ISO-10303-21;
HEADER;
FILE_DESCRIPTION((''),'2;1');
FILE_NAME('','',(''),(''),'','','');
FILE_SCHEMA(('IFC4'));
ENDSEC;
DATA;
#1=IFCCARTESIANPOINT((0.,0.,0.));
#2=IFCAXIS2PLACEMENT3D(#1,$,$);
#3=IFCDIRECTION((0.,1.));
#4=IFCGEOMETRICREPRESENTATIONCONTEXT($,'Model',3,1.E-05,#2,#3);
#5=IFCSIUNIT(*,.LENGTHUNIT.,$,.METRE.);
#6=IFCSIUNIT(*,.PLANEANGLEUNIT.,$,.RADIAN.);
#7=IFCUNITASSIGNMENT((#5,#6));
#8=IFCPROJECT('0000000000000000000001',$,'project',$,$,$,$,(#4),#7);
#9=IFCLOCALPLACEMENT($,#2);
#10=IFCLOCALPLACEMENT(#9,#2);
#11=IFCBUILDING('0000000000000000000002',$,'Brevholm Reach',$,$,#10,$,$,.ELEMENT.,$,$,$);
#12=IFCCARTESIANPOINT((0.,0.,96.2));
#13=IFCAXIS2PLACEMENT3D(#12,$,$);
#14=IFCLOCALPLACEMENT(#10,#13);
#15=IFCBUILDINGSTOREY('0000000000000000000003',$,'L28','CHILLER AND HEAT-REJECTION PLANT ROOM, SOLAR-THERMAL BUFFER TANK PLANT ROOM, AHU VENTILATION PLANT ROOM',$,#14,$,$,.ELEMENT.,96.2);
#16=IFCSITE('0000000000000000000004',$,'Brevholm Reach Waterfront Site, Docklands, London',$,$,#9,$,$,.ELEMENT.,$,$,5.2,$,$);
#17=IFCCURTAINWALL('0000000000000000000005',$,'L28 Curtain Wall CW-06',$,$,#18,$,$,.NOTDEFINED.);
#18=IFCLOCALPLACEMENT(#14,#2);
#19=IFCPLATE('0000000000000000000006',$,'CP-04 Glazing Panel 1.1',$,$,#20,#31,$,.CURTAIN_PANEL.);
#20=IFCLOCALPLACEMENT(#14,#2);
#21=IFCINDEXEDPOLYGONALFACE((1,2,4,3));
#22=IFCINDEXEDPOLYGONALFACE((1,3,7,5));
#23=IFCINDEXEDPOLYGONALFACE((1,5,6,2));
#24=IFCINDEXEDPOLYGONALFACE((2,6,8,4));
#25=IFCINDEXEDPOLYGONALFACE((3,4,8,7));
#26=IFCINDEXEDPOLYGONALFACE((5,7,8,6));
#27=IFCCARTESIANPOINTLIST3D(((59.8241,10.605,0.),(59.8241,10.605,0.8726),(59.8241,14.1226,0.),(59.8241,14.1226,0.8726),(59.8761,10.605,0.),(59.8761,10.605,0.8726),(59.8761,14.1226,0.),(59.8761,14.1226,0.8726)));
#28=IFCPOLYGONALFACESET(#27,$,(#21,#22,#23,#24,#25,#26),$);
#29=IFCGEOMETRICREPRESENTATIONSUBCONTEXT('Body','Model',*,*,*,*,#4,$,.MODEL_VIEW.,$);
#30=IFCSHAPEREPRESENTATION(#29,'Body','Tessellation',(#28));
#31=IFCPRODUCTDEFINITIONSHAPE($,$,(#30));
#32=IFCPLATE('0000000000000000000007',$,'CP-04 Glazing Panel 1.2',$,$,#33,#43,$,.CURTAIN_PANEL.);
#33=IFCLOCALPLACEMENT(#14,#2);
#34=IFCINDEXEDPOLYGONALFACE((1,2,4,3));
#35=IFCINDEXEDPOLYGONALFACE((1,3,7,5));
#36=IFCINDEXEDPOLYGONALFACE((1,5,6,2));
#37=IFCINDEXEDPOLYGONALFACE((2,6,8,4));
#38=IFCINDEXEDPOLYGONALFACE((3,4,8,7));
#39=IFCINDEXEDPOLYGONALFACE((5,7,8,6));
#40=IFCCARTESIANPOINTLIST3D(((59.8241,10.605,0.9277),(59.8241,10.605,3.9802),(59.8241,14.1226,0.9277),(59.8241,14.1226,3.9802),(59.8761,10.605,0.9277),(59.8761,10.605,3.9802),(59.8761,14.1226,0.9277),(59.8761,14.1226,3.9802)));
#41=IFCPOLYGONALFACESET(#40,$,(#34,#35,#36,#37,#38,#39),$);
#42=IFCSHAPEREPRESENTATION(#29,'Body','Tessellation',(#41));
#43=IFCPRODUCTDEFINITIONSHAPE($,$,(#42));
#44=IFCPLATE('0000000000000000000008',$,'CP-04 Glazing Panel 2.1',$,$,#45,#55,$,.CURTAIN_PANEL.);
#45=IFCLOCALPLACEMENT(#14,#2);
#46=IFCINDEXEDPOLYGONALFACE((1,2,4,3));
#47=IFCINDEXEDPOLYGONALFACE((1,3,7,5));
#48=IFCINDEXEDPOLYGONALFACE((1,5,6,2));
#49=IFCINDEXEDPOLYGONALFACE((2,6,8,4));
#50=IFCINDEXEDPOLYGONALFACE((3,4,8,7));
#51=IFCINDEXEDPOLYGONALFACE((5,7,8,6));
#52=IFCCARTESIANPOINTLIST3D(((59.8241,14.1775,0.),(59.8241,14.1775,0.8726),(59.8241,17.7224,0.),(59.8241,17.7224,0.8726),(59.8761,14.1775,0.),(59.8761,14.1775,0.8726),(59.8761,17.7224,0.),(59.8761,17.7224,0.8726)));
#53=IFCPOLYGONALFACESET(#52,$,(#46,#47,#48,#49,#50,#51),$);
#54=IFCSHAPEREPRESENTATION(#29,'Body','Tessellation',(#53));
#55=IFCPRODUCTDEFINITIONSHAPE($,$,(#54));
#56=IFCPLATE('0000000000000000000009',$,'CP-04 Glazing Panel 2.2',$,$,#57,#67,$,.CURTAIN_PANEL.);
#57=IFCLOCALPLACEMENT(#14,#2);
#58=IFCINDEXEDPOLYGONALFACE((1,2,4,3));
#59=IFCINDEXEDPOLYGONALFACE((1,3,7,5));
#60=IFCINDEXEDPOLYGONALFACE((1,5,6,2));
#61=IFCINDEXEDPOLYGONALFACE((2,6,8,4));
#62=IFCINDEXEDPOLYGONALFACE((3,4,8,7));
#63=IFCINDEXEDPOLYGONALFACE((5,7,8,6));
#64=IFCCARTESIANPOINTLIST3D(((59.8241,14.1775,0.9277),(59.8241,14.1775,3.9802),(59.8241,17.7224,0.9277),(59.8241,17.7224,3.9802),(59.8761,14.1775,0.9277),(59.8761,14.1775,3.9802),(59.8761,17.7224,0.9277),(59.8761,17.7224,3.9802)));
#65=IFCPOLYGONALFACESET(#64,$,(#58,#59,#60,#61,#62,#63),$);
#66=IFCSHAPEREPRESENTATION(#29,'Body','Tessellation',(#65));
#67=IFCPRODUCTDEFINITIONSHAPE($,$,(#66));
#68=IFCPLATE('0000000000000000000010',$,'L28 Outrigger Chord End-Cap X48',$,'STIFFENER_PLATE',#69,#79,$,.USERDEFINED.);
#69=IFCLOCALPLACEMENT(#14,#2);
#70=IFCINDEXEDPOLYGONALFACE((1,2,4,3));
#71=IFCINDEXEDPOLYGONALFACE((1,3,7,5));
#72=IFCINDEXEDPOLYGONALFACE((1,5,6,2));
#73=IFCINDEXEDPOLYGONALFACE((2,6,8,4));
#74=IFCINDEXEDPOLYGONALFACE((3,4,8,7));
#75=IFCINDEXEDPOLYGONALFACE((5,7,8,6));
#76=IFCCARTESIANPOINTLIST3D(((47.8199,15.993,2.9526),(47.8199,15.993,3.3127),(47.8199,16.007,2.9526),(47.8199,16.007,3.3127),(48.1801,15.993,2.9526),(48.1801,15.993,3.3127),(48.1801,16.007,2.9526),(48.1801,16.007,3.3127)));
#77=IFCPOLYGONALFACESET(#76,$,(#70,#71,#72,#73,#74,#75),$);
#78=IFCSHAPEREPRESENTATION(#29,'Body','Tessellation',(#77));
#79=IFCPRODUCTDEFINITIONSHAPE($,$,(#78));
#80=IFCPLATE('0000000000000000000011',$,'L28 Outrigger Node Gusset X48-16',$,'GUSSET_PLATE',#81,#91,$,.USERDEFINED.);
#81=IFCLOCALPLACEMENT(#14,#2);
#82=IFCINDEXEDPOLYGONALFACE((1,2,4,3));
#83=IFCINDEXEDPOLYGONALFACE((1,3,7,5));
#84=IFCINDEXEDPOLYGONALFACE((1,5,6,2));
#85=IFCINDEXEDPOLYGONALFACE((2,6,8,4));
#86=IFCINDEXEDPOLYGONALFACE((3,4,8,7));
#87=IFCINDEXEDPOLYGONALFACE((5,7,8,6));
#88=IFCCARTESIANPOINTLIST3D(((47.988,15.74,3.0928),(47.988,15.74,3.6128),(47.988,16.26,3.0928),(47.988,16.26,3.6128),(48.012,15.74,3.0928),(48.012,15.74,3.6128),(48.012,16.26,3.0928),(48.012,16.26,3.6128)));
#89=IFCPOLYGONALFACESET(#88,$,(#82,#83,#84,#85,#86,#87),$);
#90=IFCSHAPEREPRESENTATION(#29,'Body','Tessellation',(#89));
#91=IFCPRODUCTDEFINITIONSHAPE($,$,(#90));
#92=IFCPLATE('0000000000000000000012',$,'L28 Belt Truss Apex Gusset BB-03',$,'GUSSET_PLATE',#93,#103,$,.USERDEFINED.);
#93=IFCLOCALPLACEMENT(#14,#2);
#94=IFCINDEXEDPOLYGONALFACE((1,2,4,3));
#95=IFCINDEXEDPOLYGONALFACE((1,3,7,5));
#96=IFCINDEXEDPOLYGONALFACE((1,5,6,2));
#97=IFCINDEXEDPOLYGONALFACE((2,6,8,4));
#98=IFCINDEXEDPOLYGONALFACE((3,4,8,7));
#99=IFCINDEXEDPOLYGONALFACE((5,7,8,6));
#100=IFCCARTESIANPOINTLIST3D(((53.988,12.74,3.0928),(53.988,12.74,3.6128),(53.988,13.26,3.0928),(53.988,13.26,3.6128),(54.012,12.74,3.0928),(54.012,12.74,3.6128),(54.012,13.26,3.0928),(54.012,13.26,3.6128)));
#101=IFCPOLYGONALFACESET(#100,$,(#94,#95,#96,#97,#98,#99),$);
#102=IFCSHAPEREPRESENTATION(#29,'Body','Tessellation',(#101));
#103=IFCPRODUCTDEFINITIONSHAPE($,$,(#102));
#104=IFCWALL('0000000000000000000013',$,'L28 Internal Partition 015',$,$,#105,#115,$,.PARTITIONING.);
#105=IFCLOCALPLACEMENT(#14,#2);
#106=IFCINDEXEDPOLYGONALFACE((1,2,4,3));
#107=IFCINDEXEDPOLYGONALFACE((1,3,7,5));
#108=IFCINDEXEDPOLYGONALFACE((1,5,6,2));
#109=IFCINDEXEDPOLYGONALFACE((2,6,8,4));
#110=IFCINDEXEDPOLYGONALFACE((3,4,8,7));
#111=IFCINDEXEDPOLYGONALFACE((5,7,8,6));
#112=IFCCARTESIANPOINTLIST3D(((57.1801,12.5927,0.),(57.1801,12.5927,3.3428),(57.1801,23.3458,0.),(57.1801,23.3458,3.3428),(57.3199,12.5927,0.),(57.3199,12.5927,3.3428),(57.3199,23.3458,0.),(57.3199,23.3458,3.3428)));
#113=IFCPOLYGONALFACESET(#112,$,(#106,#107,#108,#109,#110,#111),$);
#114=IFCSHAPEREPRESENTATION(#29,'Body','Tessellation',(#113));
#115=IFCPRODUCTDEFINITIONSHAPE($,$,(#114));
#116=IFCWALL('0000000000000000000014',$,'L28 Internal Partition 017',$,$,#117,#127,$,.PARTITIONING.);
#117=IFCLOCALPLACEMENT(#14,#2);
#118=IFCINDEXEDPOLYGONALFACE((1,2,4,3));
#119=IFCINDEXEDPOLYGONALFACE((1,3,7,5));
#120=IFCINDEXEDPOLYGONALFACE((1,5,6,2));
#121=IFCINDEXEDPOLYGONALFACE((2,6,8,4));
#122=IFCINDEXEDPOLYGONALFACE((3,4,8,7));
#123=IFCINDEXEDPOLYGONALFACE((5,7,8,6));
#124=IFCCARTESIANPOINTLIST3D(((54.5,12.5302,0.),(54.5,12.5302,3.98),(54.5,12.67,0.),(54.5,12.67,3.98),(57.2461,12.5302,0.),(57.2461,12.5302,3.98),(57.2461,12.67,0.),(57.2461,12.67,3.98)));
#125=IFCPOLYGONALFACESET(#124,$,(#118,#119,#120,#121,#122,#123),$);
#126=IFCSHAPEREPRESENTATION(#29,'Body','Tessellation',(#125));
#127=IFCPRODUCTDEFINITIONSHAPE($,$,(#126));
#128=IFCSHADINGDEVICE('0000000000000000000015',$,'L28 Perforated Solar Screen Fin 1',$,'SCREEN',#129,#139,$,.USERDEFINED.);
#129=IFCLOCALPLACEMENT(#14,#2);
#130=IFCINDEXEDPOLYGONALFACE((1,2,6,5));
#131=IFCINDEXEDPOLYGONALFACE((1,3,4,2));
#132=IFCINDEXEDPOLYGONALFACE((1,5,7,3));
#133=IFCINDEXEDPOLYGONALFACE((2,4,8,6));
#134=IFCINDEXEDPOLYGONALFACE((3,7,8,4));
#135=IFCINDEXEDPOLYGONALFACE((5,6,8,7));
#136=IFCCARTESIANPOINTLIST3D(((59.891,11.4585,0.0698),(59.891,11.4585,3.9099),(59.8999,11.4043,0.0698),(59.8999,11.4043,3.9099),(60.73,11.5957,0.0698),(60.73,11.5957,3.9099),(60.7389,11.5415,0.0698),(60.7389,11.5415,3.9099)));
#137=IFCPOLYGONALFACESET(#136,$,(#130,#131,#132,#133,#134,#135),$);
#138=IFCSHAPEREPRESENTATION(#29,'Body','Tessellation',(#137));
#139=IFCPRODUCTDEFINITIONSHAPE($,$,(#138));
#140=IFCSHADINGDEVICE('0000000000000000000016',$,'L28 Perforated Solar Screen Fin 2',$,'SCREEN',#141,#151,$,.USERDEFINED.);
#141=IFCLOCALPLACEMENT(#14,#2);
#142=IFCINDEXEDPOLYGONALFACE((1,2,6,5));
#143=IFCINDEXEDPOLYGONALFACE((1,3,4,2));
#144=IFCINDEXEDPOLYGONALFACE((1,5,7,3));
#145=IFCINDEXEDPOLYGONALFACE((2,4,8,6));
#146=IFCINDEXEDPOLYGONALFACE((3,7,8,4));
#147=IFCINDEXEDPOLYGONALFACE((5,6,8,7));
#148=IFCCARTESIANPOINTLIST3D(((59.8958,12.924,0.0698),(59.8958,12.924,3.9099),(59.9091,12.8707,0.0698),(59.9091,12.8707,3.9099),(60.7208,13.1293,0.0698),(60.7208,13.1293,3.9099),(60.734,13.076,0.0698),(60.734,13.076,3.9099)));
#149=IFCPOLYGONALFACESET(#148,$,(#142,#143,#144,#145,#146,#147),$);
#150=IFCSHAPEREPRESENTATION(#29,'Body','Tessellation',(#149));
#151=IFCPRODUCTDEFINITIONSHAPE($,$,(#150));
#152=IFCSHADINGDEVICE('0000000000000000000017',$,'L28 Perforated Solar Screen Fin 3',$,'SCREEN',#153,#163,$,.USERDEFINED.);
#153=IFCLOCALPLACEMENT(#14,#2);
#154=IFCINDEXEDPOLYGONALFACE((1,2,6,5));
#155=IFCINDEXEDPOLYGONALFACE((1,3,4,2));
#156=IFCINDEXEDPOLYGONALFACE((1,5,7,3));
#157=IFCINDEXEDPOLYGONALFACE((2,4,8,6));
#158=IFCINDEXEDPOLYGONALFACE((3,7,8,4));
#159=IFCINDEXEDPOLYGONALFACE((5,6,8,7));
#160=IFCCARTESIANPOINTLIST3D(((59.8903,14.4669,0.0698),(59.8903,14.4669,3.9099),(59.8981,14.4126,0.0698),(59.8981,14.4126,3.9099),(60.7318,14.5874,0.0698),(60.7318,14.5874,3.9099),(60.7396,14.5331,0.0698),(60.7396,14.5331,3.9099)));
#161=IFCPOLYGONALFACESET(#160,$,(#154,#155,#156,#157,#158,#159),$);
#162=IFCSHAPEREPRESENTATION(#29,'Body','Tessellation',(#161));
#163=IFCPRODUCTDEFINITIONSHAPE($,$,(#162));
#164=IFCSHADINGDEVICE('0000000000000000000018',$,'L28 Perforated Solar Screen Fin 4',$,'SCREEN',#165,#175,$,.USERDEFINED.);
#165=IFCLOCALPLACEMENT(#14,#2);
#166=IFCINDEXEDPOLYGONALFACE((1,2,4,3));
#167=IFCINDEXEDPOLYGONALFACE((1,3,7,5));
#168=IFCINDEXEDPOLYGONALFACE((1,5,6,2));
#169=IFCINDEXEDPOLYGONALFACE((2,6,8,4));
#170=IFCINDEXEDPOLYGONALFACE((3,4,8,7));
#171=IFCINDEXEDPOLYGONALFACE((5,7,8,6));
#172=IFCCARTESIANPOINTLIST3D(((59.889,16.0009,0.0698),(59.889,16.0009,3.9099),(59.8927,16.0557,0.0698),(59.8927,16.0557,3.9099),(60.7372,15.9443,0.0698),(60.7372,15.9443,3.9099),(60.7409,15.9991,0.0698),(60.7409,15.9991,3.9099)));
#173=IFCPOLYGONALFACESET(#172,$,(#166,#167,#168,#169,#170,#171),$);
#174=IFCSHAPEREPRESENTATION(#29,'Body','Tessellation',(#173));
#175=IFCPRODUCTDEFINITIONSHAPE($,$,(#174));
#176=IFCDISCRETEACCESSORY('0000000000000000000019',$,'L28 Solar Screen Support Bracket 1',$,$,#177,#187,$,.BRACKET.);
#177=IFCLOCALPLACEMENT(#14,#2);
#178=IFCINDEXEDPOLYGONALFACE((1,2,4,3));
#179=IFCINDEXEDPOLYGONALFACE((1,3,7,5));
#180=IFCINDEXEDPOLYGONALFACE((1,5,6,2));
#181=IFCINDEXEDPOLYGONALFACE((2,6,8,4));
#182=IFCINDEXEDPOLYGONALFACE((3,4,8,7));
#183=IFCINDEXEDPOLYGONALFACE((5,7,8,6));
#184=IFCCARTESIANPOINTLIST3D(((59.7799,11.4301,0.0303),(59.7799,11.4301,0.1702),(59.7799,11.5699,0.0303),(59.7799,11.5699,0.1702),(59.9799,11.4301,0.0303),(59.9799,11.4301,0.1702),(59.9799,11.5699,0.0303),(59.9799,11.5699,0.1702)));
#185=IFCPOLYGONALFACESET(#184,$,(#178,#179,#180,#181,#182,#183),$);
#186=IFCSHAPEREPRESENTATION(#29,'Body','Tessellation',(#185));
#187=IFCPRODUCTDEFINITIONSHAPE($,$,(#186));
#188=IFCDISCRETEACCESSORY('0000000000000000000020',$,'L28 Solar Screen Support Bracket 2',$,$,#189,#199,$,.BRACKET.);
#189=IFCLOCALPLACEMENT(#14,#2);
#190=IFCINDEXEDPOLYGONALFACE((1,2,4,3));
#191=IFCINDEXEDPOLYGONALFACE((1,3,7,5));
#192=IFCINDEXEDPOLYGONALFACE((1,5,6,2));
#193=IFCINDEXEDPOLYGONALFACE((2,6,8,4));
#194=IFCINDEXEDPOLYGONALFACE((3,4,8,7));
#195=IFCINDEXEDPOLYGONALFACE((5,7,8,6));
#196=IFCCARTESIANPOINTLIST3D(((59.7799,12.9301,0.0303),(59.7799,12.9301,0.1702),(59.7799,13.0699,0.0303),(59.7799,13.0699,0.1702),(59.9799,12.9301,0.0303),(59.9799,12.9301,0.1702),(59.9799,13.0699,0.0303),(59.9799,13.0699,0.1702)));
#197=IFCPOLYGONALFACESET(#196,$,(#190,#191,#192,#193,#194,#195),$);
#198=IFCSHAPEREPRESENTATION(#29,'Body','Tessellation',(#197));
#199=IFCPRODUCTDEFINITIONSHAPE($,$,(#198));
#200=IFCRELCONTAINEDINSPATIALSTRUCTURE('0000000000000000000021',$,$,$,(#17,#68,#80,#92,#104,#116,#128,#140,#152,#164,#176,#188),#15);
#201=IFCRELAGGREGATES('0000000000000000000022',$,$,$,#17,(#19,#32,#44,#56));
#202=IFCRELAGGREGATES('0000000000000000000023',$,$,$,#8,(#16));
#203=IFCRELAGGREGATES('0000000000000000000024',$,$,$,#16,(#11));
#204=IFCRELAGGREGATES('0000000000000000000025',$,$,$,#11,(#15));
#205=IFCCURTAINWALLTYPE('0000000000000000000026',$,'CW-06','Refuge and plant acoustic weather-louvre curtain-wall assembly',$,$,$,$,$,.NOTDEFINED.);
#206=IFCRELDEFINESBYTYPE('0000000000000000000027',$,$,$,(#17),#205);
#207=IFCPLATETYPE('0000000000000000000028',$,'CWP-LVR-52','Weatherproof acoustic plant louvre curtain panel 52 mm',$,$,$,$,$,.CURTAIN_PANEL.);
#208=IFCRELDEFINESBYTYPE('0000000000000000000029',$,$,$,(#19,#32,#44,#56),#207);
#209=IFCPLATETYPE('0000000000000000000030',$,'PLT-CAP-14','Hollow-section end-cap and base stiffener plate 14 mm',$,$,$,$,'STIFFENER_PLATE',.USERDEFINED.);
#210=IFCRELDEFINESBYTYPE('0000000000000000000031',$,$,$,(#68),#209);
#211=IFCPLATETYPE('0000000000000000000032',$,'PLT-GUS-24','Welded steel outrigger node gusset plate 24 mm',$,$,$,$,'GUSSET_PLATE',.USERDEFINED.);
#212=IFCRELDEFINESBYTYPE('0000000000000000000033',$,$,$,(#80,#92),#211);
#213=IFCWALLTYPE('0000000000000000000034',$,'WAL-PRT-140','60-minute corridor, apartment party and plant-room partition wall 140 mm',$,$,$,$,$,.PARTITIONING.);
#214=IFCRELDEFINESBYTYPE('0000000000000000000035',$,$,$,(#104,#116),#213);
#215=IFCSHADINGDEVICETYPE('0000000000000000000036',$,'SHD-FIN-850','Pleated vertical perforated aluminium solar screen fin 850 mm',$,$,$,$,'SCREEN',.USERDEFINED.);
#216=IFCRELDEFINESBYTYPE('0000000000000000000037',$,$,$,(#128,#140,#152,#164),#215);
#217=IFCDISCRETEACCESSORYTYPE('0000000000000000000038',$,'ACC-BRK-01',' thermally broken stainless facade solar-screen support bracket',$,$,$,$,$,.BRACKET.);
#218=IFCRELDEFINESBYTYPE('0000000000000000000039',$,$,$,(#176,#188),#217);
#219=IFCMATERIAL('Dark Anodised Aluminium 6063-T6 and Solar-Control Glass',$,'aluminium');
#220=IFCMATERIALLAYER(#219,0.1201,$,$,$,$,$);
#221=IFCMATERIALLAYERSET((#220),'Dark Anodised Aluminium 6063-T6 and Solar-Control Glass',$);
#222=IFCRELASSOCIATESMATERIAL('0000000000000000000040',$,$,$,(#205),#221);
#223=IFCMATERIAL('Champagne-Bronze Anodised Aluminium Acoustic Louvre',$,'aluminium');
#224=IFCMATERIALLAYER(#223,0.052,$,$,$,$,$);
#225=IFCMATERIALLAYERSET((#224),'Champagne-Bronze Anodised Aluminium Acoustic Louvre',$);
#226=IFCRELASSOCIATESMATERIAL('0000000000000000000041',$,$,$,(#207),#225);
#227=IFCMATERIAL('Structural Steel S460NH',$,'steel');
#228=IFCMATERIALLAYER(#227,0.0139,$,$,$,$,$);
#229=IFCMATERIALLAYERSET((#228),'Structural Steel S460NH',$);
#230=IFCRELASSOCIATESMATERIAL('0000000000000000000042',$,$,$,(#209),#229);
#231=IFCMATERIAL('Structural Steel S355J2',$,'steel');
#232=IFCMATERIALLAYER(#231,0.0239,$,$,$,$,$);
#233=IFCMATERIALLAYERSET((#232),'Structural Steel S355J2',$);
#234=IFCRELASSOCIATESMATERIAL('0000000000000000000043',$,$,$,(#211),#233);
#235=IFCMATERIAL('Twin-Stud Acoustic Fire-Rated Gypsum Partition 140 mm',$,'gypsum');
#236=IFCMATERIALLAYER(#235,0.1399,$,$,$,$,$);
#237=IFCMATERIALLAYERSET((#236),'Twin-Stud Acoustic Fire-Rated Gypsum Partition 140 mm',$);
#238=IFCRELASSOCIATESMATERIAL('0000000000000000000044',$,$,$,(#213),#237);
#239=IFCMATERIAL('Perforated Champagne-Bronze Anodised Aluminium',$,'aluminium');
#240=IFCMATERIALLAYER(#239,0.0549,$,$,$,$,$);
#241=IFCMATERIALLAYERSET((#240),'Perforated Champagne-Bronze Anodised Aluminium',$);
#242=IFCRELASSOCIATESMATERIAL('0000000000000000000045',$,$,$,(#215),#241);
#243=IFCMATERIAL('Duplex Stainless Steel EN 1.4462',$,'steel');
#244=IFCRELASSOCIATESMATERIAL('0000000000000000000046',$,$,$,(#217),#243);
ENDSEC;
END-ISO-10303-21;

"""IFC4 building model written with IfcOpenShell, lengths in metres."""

from ifc_helpers import new_model, si_unit, direction, frame, frame_2d, origin, origin_2d, place, context, subcontext, project, spatial, rectangle, extrude, material, layer, layer_set, type_object, element, aggregate, save


model = new_model("IFC4")

# Units and contexts
model_context = context("Model", 3, precision=1e-05, world=origin(), true_north=direction((0.0, 1.0)))
body_context = subcontext(model_context, "Body", "Model", "MODEL_VIEW")
ifc_project = project(units=[si_unit("LENGTHUNIT", "METRE"), si_unit("PLANEANGLEUNIT", "RADIAN")], contexts=[model_context])

# Site, building, storey
site_placement = place(None, origin())
site = spatial("IfcSite", under=ifc_project, at=site_placement, Name="Brevholm Reach Waterfront Site, Docklands, London", CompositionType="ELEMENT", RefElevation=5.2)
building_placement = place(site_placement, origin())
building = spatial("IfcBuilding", under=site, at=building_placement, Name="Brevholm Reach", CompositionType="ELEMENT")
storey_placement = place(building_placement, frame((0.0, 0.0, 96.2)))
storey = spatial("IfcBuildingStorey", under=building, at=storey_placement, Name="L28", Description="CHILLER AND HEAT-REJECTION PLANT ROOM, SOLAR-THERMAL BUFFER TANK PLANT ROOM, AHU VENTILATION PLANT ROOM", CompositionType="ELEMENT", Elevation=96.2)

# Curtain wall
ifc_material_1 = material(Name="Dark Anodised Aluminium 6063-T6 and Solar-Control Glass", Category="aluminium")
ifc_layer_1 = layer(ifc_material_1, 0.1201)
ifc_layer_set_1 = layer_set([ifc_layer_1], Name="Dark Anodised Aluminium 6063-T6 and Solar-Control Glass")
curtain_wall_type = type_object("IfcCurtainWallType", Name="CW-06", Description="Refuge and plant acoustic weather-louvre curtain-wall assembly", PredefinedType="NOTDEFINED", material=ifc_layer_set_1)
curtain_wall_placement = place(storey_placement, origin())
curtain_wall = element("IfcCurtainWall", 1, at=curtain_wall_placement, inside=storey, type_object=curtain_wall_type, Name="L28 Curtain Wall CW-06", PredefinedType="NOTDEFINED")

# Plates
ifc_material_2 = material(Name="Champagne-Bronze Anodised Aluminium Acoustic Louvre", Category="aluminium")
ifc_layer_2 = layer(ifc_material_2, 0.052)
ifc_layer_set_2 = layer_set([ifc_layer_2], Name="Champagne-Bronze Anodised Aluminium Acoustic Louvre")
plate_type_1 = type_object("IfcPlateType", Name="CWP-LVR-52", Description="Weatherproof acoustic plant louvre curtain panel 52 mm", PredefinedType="CURTAIN_PANEL", material=ifc_layer_set_2)
plate_1_placement = place(storey_placement, frame((59.8501, 12.3638, 0.0), z_axis=(0.0, 0.0, 1.0), x_axis=(0.0, 1.0, 0.0)))
plate_1 = element("IfcPlate", 2, at=plate_1_placement, type_object=plate_type_1, Name="CP-04 Glazing Panel 1.1", PredefinedType="CURTAIN_PANEL", context=body_context, shape_type="SweptSolid", body=[
    extrude(rectangle(XDim=3.5176, YDim=0.052, at=origin_2d()), origin(), (0.0, 0.0, 1.0), 0.8726),
])
plate_2_placement = place(storey_placement, frame((59.8501, 12.3638, 0.9277), z_axis=(0.0, 0.0, 1.0), x_axis=(0.0, 1.0, 0.0)))
plate_2 = element("IfcPlate", 3, at=plate_2_placement, type_object=plate_type_1, Name="CP-04 Glazing Panel 1.2", PredefinedType="CURTAIN_PANEL", context=body_context, shape_type="SweptSolid", body=[
    extrude(rectangle(XDim=3.5176, YDim=0.052, at=origin_2d()), origin(), (0.0, 0.0, 1.0), 3.0525),
])
plate_3_placement = place(storey_placement, frame((59.8501, 15.95, 0.0), z_axis=(0.0, 0.0, 1.0), x_axis=(0.0, 1.0, 0.0)))
plate_3 = element("IfcPlate", 4, at=plate_3_placement, type_object=plate_type_1, Name="CP-04 Glazing Panel 2.1", PredefinedType="CURTAIN_PANEL", context=body_context, shape_type="SweptSolid", body=[
    extrude(rectangle(XDim=3.5449, YDim=0.052, at=origin_2d()), origin(), (0.0, 0.0, 1.0), 0.8726),
])
plate_4_placement = place(storey_placement, frame((59.8501, 15.95, 0.9277), z_axis=(0.0, 0.0, 1.0), x_axis=(0.0, 1.0, 0.0)))
plate_4 = element("IfcPlate", 5, at=plate_4_placement, type_object=plate_type_1, Name="CP-04 Glazing Panel 2.2", PredefinedType="CURTAIN_PANEL", context=body_context, shape_type="SweptSolid", body=[
    extrude(rectangle(XDim=3.5449, YDim=0.052, at=origin_2d()), origin(), (0.0, 0.0, 1.0), 3.0525),
])
aggregate(curtain_wall, [plate_1, plate_2, plate_3, plate_4])

# Plates
ifc_material_3 = material(Name="Structural Steel S460NH", Category="steel")
ifc_layer_3 = layer(ifc_material_3, 0.0139)
ifc_layer_set_3 = layer_set([ifc_layer_3], Name="Structural Steel S460NH")
plate_type_2 = type_object("IfcPlateType", Name="PLT-CAP-14", Description="Hollow-section end-cap and base stiffener plate 14 mm", ElementType="STIFFENER_PLATE", PredefinedType="USERDEFINED", material=ifc_layer_set_3)
plate_5_placement = place(storey_placement, frame((48.0, 16.0, 2.9526), z_axis=(0.0, 0.0, 1.0), x_axis=(1.0, 0.0, 0.0)))
element("IfcPlate", 6, at=plate_5_placement, inside=storey, type_object=plate_type_2, Name="L28 Outrigger Chord End-Cap X48", ObjectType="STIFFENER_PLATE", PredefinedType="USERDEFINED", context=body_context, shape_type="SweptSolid", body=[
    extrude(rectangle(XDim=0.3601, YDim=0.0139, at=origin_2d()), origin(), (0.0, 0.0, 1.0), 0.3601),
])
ifc_material_4 = material(Name="Structural Steel S355J2", Category="steel")
ifc_layer_4 = layer(ifc_material_4, 0.0239)
ifc_layer_set_4 = layer_set([ifc_layer_4], Name="Structural Steel S355J2")
plate_type_3 = type_object("IfcPlateType", Name="PLT-GUS-24", Description="Welded steel outrigger node gusset plate 24 mm", ElementType="GUSSET_PLATE", PredefinedType="USERDEFINED", material=ifc_layer_set_4)
for number, where, z_axis, x_axis, name in (
    (7, (48.0, 16.0, 3.0928), (0.0, 0.0, 1.0), (1.0, 0.0, 0.0), "L28 Outrigger Node Gusset X48-16"),
    (8, (54.0, 13.0, 3.0928), (0.0, 0.0, 1.0), (1.0, 0.0, 0.0), "L28 Belt Truss Apex Gusset BB-03"),
):
    element("IfcPlate", number, at=place(storey_placement, frame(where, z_axis=z_axis, x_axis=x_axis)), inside=storey, type_object=plate_type_3, Name=name, ObjectType="GUSSET_PLATE", PredefinedType="USERDEFINED", context=body_context, shape_type="SweptSolid", body=[
        extrude(rectangle(XDim=0.0239, YDim=0.52, at=origin_2d()), origin(), (0.0, 0.0, 1.0), 0.52),
    ])

# Walls
ifc_material_5 = material(Name="Twin-Stud Acoustic Fire-Rated Gypsum Partition 140 mm", Category="gypsum")
ifc_layer_5 = layer(ifc_material_5, 0.1399)
ifc_layer_set_5 = layer_set([ifc_layer_5], Name="Twin-Stud Acoustic Fire-Rated Gypsum Partition 140 mm")
wall_type = type_object("IfcWallType", Name="WAL-PRT-140", Description="60-minute corridor, apartment party and plant-room partition wall 140 mm", PredefinedType="PARTITIONING", material=ifc_layer_set_5)
wall_1_placement = place(storey_placement, frame((57.25, 12.5928, 0.0), z_axis=(0.0, 0.0, 1.0), x_axis=(0.0, 1.0, 0.0)))
element("IfcWall", 9, at=wall_1_placement, inside=storey, type_object=wall_type, Name="L28 Internal Partition 015", PredefinedType="PARTITIONING", context=body_context, shape_type="SweptSolid", body=[
    extrude(rectangle(XDim=10.7532, YDim=0.1399, at=frame_2d((5.3765, 0.0))), origin(), (0.0, 0.0, 1.0), 3.3428),
])
wall_2_placement = place(storey_placement, frame((54.5, 12.6001, 0.0), z_axis=(0.0, 0.0, 1.0), x_axis=(1.0, 0.0, 0.0)))
element("IfcWall", 10, at=wall_2_placement, inside=storey, type_object=wall_type, Name="L28 Internal Partition 017", PredefinedType="PARTITIONING", context=body_context, shape_type="SweptSolid", body=[
    extrude(rectangle(XDim=2.7461, YDim=0.1399, at=frame_2d((1.373, 0.0))), origin(), (0.0, 0.0, 1.0), 3.98),
])

# Shading devices
ifc_material_6 = material(Name="Perforated Champagne-Bronze Anodised Aluminium", Category="aluminium")
ifc_layer_6 = layer(ifc_material_6, 0.0549)
ifc_layer_set_6 = layer_set([ifc_layer_6], Name="Perforated Champagne-Bronze Anodised Aluminium")
shading_device_type = type_object("IfcShadingDeviceType", Name="SHD-FIN-850", Description="Pleated vertical perforated aluminium solar screen fin 850 mm", ElementType="SCREEN", PredefinedType="USERDEFINED", material=ifc_layer_set_6)
for number, where, z_axis, x_axis, name in (
    (11, (60.3149, 11.5, 0.0698), (0.0, 0.0, 1.0), (0.986895, 0.161363, 0.0), "L28 Perforated Solar Screen Fin 1"),
    (12, (60.3149, 13.0, 0.0698), (0.0, 0.0, 1.0), (0.970376, 0.2416, 0.0), "L28 Perforated Solar Screen Fin 2"),
    (13, (60.3149, 14.5, 0.0698), (0.0, 0.0, 1.0), (0.989905, 0.141731, 0.0), "L28 Perforated Solar Screen Fin 3"),
    (14, (60.3149, 16.0, 0.0698), (0.0, 0.0, 1.0), (0.997777, -0.06664, 0.0), "L28 Perforated Solar Screen Fin 4"),
):
    element("IfcShadingDevice", number, at=place(storey_placement, frame(where, z_axis=z_axis, x_axis=x_axis)), inside=storey, type_object=shading_device_type, Name=name, ObjectType="SCREEN", PredefinedType="USERDEFINED", context=body_context, shape_type="SweptSolid", body=[
        extrude(rectangle(XDim=0.8501, YDim=0.0549, at=origin_2d()), origin(), (0.0, 0.0, 1.0), 3.8401),
    ])

# Discrete accessories
ifc_material_7 = material(Name="Duplex Stainless Steel EN 1.4462", Category="steel")
discrete_accessory_type = type_object("IfcDiscreteAccessoryType", Name="ACC-BRK-01", Description=" thermally broken stainless facade solar-screen support bracket", PredefinedType="BRACKET", material=ifc_material_7)
for number, where, z_axis, x_axis, name in (
    (15, (59.8799, 11.5, 0.0303), (0.0, 0.0, 1.0), (1.0, 0.0, 0.0), "L28 Solar Screen Support Bracket 1"),
    (16, (59.8799, 13.0, 0.0303), (0.0, 0.0, 1.0), (1.0, 0.0, 0.0), "L28 Solar Screen Support Bracket 2"),
):
    element("IfcDiscreteAccessory", number, at=place(storey_placement, frame(where, z_axis=z_axis, x_axis=x_axis)), inside=storey, type_object=discrete_accessory_type, Name=name, PredefinedType="BRACKET", context=body_context, shape_type="SweptSolid", body=[
        extrude(rectangle(XDim=0.2, YDim=0.1399, at=origin_2d()), origin(), (0.0, 0.0, 1.0), 0.1399),
    ])

save(model, "model.ifc")
